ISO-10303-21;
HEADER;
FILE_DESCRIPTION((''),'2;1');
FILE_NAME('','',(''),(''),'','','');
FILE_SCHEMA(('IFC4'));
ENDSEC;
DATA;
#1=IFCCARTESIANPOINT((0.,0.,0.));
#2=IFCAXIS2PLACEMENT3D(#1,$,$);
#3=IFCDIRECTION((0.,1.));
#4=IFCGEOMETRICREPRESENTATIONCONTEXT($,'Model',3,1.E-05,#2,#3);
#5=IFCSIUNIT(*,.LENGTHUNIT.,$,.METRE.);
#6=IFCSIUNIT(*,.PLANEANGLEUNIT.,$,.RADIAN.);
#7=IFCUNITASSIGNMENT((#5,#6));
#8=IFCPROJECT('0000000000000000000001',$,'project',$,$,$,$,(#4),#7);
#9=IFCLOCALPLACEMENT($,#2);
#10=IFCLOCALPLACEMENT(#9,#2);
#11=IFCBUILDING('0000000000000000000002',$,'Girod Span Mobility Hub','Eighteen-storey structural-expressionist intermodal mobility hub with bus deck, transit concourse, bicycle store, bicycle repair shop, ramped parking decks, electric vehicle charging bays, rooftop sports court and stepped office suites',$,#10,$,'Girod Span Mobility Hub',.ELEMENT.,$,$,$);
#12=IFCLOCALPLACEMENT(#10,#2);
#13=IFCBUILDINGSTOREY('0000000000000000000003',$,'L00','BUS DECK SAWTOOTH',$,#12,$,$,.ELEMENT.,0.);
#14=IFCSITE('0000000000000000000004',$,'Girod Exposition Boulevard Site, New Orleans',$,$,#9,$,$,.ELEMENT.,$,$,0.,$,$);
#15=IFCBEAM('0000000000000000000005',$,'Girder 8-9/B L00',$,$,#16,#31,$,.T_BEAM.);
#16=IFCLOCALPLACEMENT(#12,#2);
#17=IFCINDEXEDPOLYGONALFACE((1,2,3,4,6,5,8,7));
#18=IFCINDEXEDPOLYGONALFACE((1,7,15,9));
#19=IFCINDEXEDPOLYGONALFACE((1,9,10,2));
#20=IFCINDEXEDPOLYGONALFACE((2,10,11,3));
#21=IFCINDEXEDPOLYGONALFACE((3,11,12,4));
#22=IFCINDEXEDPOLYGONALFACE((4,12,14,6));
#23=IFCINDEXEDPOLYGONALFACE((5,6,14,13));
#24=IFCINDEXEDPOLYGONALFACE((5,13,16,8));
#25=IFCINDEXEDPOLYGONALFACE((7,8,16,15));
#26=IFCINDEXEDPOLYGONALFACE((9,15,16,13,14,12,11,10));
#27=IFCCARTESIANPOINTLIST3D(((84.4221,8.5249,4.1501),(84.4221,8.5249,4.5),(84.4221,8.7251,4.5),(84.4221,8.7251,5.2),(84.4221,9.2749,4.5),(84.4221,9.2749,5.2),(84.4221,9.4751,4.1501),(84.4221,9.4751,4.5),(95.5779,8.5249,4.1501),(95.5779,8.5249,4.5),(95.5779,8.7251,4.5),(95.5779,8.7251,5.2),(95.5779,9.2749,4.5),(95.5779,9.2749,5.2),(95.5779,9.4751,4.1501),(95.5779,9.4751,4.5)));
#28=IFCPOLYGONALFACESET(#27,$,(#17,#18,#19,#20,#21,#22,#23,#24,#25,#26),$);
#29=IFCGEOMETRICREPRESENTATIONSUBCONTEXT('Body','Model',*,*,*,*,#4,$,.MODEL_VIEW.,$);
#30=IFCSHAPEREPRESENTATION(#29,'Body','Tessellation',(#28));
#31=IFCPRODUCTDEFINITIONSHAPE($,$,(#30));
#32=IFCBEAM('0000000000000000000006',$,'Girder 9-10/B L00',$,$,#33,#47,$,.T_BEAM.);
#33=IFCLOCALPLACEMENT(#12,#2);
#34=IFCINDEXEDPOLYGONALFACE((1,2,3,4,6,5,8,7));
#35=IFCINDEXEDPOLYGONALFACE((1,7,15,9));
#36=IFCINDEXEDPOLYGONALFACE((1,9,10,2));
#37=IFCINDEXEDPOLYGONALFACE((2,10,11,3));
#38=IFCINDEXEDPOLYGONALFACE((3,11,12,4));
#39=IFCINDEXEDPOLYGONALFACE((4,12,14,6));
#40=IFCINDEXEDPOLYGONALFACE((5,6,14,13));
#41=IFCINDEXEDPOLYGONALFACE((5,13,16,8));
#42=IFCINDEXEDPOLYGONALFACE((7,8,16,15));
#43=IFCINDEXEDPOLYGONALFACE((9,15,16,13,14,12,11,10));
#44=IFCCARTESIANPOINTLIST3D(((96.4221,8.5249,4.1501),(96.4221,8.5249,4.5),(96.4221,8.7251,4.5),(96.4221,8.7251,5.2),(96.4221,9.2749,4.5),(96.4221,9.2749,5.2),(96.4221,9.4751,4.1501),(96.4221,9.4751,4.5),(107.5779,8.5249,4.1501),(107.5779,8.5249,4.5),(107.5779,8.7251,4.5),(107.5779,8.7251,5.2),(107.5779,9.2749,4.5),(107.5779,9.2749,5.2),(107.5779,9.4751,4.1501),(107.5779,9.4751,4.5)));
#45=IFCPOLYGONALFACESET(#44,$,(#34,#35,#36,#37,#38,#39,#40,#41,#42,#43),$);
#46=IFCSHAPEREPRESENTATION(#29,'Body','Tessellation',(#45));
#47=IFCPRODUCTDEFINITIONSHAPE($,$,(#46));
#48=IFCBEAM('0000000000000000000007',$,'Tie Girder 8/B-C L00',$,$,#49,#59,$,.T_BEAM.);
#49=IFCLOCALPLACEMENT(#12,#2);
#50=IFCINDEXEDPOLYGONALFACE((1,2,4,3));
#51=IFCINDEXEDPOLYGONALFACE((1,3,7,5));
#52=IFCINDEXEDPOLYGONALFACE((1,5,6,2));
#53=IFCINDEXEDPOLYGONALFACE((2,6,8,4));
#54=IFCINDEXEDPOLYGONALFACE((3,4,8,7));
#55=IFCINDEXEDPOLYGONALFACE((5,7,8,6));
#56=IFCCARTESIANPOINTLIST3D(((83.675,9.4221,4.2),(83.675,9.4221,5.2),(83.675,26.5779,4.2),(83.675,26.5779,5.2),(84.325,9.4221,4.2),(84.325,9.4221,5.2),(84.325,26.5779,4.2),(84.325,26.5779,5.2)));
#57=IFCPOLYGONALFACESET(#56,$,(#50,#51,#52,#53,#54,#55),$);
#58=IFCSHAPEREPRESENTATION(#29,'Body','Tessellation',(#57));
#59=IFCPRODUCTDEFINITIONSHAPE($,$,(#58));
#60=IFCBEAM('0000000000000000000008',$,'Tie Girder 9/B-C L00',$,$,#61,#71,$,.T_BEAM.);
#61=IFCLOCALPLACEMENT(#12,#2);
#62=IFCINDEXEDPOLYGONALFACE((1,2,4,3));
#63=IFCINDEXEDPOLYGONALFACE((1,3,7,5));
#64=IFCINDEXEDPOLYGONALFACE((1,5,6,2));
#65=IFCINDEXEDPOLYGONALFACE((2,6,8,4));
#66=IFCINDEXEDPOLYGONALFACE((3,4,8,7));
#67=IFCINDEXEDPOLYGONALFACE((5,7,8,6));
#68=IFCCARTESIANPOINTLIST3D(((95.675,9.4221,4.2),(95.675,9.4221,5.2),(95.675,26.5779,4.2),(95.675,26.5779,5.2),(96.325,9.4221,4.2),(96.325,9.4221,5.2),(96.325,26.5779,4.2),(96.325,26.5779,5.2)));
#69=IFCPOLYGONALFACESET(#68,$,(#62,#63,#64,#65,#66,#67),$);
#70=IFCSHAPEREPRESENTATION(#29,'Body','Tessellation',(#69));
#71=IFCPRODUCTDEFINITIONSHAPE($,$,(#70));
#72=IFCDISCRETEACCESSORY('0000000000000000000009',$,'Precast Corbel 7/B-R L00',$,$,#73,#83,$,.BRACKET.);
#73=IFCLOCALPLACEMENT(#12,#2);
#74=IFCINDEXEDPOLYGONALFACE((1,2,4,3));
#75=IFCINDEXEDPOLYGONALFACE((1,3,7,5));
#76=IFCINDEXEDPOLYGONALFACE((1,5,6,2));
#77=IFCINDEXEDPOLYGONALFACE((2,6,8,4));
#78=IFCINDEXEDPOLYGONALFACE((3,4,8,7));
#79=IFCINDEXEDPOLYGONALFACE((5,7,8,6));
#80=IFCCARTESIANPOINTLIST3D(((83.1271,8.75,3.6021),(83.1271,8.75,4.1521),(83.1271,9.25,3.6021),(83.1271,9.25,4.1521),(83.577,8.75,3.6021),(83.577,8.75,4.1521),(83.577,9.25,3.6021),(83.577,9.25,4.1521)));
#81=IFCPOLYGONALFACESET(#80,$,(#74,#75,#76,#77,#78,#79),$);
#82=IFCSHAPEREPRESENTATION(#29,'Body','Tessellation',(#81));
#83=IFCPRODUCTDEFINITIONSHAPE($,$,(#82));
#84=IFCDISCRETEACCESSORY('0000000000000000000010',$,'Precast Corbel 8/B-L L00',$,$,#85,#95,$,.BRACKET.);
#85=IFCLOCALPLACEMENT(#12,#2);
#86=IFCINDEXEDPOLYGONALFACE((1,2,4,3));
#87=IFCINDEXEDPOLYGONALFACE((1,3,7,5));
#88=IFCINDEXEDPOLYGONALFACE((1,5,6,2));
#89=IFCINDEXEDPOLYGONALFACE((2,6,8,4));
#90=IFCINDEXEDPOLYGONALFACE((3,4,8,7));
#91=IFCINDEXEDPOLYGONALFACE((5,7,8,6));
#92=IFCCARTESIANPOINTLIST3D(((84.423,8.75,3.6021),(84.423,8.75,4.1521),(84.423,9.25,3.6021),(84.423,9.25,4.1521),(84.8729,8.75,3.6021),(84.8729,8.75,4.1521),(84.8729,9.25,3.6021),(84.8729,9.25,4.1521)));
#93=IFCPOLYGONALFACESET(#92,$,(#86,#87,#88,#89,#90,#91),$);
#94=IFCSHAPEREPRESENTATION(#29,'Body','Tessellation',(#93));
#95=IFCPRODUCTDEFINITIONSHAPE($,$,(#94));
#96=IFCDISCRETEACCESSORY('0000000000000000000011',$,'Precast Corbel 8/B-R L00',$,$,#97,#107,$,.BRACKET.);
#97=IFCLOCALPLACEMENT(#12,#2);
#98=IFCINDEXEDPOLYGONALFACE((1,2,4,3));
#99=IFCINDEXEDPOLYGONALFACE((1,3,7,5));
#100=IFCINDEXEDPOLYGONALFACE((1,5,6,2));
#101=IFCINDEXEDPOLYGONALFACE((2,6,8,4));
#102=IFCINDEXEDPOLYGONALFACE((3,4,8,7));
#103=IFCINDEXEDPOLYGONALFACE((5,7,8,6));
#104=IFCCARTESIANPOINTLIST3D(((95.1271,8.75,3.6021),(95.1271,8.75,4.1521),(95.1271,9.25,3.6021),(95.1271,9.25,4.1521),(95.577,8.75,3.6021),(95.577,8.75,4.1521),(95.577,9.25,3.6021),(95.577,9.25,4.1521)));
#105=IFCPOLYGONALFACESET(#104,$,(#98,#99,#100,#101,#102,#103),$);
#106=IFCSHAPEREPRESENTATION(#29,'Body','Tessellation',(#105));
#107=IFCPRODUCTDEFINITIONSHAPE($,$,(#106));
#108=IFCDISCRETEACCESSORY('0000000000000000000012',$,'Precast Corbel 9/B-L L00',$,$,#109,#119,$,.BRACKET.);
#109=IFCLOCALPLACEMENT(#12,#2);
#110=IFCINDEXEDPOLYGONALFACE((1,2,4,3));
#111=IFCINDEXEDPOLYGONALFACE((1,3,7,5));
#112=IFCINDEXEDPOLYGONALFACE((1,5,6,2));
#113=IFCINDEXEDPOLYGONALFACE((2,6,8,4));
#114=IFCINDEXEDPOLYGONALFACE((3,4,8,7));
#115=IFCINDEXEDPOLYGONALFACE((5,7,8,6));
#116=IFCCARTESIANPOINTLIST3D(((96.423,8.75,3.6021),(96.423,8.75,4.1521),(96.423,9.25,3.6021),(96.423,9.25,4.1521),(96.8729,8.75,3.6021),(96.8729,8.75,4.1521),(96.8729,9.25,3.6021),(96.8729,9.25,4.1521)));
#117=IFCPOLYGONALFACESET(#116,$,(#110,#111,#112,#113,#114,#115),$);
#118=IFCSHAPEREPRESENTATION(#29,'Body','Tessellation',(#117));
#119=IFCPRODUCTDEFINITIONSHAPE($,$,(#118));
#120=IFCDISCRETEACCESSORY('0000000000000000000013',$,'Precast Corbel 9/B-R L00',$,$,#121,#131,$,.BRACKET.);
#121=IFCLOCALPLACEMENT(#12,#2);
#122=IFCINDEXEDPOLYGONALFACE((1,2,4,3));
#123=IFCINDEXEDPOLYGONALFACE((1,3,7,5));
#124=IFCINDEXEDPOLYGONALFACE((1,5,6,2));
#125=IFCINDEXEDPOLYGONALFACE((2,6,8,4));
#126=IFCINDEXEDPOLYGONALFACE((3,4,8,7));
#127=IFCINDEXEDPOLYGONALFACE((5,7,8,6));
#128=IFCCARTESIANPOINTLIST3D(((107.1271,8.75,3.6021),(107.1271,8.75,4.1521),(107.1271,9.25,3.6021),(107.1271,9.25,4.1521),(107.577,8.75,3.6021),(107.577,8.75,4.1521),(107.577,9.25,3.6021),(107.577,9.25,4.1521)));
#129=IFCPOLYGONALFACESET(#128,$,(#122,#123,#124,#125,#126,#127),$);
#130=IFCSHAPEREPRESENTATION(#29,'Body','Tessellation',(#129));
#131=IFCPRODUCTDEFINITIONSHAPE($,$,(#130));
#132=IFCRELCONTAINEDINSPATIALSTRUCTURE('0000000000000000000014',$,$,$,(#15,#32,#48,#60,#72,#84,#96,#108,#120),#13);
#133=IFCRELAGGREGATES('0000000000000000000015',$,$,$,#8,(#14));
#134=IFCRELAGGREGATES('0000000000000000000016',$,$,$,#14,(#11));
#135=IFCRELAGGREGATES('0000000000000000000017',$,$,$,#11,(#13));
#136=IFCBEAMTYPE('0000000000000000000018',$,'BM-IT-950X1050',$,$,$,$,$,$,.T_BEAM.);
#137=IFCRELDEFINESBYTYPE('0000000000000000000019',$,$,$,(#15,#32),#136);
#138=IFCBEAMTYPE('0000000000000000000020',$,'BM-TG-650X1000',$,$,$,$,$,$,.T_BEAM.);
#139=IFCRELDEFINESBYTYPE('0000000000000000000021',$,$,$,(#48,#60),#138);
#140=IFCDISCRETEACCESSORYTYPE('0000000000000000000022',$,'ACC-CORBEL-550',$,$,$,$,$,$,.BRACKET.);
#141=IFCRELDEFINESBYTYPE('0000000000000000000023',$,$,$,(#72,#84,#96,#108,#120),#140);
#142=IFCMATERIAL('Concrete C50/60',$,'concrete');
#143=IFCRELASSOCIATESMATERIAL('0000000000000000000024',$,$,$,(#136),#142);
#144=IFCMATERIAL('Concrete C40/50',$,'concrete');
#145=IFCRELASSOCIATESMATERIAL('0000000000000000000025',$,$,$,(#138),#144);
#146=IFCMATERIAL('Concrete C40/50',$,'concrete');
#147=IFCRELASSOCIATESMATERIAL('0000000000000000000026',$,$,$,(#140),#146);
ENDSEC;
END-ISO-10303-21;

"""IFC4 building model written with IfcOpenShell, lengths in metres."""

from ifc_helpers import new_model, si_unit, direction, frame, origin, origin_2d, place, context, subcontext, project, spatial, polyline, rectangle, outline, extrude, material, material_profile, profile_set, type_object, element, save


model = new_model("IFC4")

# Units and contexts
model_context = context("Model", 3, precision=1e-05, world=origin(), true_north=direction((0.0, 1.0)))
body_context = subcontext(model_context, "Body", "Model", "MODEL_VIEW")
ifc_project = project(units=[si_unit("LENGTHUNIT", "METRE"), si_unit("PLANEANGLEUNIT", "RADIAN")], contexts=[model_context])

# Site, building, storey
site_placement = place(None, origin())
site = spatial("IfcSite", under=ifc_project, at=site_placement, Name="Girod Exposition Boulevard Site, New Orleans", CompositionType="ELEMENT", RefElevation=0.0)
building_placement = place(site_placement, origin())
building = spatial("IfcBuilding", under=site, at=building_placement, Name="Girod Span Mobility Hub", Description="Eighteen-storey structural-expressionist intermodal mobility hub with bus deck, transit concourse, bicycle store, bicycle repair shop, ramped parking decks, electric vehicle charging bays, rooftop sports court and stepped office suites", LongName="Girod Span Mobility Hub", CompositionType="ELEMENT")
storey_placement = place(building_placement, origin())
storey = spatial("IfcBuildingStorey", under=building, at=storey_placement, Name="L00", Description="BUS DECK SAWTOOTH", CompositionType="ELEMENT", Elevation=0.0)

# Beams
ifc_material_1 = material(Name="Concrete C50/60", Category="concrete")
ifc_material_profile_1 = material_profile(ifc_material_1, outline(polyline([(-0.4751, -0.5249), (0.4751, -0.5249), (0.4751, -0.175), (0.2749, -0.175), (0.2749, 0.5249), (-0.2749, 0.5249), (-0.2749, -0.175), (-0.4751, -0.175), (-0.4751, -0.5249)])), Name="IT-950X1050")
ifc_profile_set_1 = profile_set([ifc_material_profile_1], Name="Concrete C50/60")
beam_type_1 = type_object("IfcBeamType", Name="BM-IT-950X1050", PredefinedType="T_BEAM", material=ifc_profile_set_1)
for number, where, z_axis, x_axis, name in (
    (1, (84.4221, 9.0, 4.675), (1.0, 0.0, 0.0), (0.0, 1.0, 0.0), "Girder 8-9/B L00"),
    (2, (96.4221, 9.0, 4.675), (1.0, 0.0, 0.0), (0.0, 1.0, 0.0), "Girder 9-10/B L00"),
):
    element("IfcBeam", number, at=place(storey_placement, frame(where, z_axis=z_axis, x_axis=x_axis)), inside=storey, type_object=beam_type_1, Name=name, PredefinedType="T_BEAM", context=body_context, shape_type="SweptSolid", body=[
        extrude(outline(polyline([(-0.4751, -0.5249), (0.4751, -0.5249), (0.4751, -0.175), (0.2749, -0.175), (0.2749, 0.5249), (-0.2749, 0.5249), (-0.2749, -0.175), (-0.4751, -0.175), (-0.4751, -0.5249)])), origin(), (0.0, 0.0, 1.0), 11.1558),
    ])
ifc_material_2 = material(Name="Concrete C40/50", Category="concrete")
ifc_material_profile_2 = material_profile(ifc_material_2, rectangle(XDim=0.6499, YDim=1.0, at=origin_2d()), Name="TG-650X1000")
ifc_profile_set_2 = profile_set([ifc_material_profile_2], Name="Concrete C40/50")
beam_type_2 = type_object("IfcBeamType", Name="BM-TG-650X1000", PredefinedType="T_BEAM", material=ifc_profile_set_2)
for number, where, z_axis, x_axis, name in (
    (3, (84.0, 9.4221, 4.7), (0.0, 1.0, 0.0), (-1.0, 0.0, 0.0), "Tie Girder 8/B-C L00"),
    (4, (96.0, 9.4221, 4.7), (0.0, 1.0, 0.0), (-1.0, 0.0, 0.0), "Tie Girder 9/B-C L00"),
):
    element("IfcBeam", number, at=place(storey_placement, frame(where, z_axis=z_axis, x_axis=x_axis)), inside=storey, type_object=beam_type_2, Name=name, PredefinedType="T_BEAM", context=body_context, shape_type="SweptSolid", body=[
        extrude(rectangle(XDim=0.6499, YDim=1.0, at=origin_2d()), origin(), (0.0, 0.0, 1.0), 17.1558),
    ])

# Discrete accessories
ifc_material_3 = material(Name="Concrete C40/50", Category="concrete")
discrete_accessory_type = type_object("IfcDiscreteAccessoryType", Name="ACC-CORBEL-550", PredefinedType="BRACKET", material=ifc_material_3)
for number, where, z_axis, x_axis, name in (
    (5, (83.3521, 9.0, 3.6021), (0.0, 0.0, 1.0), (1.0, 0.0, 0.0), "Precast Corbel 7/B-R L00"),
    (6, (84.6479, 9.0, 3.6021), (0.0, 0.0, 1.0), (1.0, 0.0, 0.0), "Precast Corbel 8/B-L L00"),
    (7, (95.3521, 9.0, 3.6021), (0.0, 0.0, 1.0), (1.0, 0.0, 0.0), "Precast Corbel 8/B-R L00"),
    (8, (96.6479, 9.0, 3.6021), (0.0, 0.0, 1.0), (1.0, 0.0, 0.0), "Precast Corbel 9/B-L L00"),
    (9, (107.3521, 9.0, 3.6021), (0.0, 0.0, 1.0), (1.0, 0.0, 0.0), "Precast Corbel 9/B-R L00"),
):
    element("IfcDiscreteAccessory", number, at=place(storey_placement, frame(where, z_axis=z_axis, x_axis=x_axis)), inside=storey, type_object=discrete_accessory_type, Name=name, PredefinedType="BRACKET", context=body_context, shape_type="SweptSolid", body=[
        extrude(rectangle(XDim=0.45, YDim=0.5, at=origin_2d()), origin(), (0.0, 0.0, 1.0), 0.55),
    ])

save(model, "model.ifc")
